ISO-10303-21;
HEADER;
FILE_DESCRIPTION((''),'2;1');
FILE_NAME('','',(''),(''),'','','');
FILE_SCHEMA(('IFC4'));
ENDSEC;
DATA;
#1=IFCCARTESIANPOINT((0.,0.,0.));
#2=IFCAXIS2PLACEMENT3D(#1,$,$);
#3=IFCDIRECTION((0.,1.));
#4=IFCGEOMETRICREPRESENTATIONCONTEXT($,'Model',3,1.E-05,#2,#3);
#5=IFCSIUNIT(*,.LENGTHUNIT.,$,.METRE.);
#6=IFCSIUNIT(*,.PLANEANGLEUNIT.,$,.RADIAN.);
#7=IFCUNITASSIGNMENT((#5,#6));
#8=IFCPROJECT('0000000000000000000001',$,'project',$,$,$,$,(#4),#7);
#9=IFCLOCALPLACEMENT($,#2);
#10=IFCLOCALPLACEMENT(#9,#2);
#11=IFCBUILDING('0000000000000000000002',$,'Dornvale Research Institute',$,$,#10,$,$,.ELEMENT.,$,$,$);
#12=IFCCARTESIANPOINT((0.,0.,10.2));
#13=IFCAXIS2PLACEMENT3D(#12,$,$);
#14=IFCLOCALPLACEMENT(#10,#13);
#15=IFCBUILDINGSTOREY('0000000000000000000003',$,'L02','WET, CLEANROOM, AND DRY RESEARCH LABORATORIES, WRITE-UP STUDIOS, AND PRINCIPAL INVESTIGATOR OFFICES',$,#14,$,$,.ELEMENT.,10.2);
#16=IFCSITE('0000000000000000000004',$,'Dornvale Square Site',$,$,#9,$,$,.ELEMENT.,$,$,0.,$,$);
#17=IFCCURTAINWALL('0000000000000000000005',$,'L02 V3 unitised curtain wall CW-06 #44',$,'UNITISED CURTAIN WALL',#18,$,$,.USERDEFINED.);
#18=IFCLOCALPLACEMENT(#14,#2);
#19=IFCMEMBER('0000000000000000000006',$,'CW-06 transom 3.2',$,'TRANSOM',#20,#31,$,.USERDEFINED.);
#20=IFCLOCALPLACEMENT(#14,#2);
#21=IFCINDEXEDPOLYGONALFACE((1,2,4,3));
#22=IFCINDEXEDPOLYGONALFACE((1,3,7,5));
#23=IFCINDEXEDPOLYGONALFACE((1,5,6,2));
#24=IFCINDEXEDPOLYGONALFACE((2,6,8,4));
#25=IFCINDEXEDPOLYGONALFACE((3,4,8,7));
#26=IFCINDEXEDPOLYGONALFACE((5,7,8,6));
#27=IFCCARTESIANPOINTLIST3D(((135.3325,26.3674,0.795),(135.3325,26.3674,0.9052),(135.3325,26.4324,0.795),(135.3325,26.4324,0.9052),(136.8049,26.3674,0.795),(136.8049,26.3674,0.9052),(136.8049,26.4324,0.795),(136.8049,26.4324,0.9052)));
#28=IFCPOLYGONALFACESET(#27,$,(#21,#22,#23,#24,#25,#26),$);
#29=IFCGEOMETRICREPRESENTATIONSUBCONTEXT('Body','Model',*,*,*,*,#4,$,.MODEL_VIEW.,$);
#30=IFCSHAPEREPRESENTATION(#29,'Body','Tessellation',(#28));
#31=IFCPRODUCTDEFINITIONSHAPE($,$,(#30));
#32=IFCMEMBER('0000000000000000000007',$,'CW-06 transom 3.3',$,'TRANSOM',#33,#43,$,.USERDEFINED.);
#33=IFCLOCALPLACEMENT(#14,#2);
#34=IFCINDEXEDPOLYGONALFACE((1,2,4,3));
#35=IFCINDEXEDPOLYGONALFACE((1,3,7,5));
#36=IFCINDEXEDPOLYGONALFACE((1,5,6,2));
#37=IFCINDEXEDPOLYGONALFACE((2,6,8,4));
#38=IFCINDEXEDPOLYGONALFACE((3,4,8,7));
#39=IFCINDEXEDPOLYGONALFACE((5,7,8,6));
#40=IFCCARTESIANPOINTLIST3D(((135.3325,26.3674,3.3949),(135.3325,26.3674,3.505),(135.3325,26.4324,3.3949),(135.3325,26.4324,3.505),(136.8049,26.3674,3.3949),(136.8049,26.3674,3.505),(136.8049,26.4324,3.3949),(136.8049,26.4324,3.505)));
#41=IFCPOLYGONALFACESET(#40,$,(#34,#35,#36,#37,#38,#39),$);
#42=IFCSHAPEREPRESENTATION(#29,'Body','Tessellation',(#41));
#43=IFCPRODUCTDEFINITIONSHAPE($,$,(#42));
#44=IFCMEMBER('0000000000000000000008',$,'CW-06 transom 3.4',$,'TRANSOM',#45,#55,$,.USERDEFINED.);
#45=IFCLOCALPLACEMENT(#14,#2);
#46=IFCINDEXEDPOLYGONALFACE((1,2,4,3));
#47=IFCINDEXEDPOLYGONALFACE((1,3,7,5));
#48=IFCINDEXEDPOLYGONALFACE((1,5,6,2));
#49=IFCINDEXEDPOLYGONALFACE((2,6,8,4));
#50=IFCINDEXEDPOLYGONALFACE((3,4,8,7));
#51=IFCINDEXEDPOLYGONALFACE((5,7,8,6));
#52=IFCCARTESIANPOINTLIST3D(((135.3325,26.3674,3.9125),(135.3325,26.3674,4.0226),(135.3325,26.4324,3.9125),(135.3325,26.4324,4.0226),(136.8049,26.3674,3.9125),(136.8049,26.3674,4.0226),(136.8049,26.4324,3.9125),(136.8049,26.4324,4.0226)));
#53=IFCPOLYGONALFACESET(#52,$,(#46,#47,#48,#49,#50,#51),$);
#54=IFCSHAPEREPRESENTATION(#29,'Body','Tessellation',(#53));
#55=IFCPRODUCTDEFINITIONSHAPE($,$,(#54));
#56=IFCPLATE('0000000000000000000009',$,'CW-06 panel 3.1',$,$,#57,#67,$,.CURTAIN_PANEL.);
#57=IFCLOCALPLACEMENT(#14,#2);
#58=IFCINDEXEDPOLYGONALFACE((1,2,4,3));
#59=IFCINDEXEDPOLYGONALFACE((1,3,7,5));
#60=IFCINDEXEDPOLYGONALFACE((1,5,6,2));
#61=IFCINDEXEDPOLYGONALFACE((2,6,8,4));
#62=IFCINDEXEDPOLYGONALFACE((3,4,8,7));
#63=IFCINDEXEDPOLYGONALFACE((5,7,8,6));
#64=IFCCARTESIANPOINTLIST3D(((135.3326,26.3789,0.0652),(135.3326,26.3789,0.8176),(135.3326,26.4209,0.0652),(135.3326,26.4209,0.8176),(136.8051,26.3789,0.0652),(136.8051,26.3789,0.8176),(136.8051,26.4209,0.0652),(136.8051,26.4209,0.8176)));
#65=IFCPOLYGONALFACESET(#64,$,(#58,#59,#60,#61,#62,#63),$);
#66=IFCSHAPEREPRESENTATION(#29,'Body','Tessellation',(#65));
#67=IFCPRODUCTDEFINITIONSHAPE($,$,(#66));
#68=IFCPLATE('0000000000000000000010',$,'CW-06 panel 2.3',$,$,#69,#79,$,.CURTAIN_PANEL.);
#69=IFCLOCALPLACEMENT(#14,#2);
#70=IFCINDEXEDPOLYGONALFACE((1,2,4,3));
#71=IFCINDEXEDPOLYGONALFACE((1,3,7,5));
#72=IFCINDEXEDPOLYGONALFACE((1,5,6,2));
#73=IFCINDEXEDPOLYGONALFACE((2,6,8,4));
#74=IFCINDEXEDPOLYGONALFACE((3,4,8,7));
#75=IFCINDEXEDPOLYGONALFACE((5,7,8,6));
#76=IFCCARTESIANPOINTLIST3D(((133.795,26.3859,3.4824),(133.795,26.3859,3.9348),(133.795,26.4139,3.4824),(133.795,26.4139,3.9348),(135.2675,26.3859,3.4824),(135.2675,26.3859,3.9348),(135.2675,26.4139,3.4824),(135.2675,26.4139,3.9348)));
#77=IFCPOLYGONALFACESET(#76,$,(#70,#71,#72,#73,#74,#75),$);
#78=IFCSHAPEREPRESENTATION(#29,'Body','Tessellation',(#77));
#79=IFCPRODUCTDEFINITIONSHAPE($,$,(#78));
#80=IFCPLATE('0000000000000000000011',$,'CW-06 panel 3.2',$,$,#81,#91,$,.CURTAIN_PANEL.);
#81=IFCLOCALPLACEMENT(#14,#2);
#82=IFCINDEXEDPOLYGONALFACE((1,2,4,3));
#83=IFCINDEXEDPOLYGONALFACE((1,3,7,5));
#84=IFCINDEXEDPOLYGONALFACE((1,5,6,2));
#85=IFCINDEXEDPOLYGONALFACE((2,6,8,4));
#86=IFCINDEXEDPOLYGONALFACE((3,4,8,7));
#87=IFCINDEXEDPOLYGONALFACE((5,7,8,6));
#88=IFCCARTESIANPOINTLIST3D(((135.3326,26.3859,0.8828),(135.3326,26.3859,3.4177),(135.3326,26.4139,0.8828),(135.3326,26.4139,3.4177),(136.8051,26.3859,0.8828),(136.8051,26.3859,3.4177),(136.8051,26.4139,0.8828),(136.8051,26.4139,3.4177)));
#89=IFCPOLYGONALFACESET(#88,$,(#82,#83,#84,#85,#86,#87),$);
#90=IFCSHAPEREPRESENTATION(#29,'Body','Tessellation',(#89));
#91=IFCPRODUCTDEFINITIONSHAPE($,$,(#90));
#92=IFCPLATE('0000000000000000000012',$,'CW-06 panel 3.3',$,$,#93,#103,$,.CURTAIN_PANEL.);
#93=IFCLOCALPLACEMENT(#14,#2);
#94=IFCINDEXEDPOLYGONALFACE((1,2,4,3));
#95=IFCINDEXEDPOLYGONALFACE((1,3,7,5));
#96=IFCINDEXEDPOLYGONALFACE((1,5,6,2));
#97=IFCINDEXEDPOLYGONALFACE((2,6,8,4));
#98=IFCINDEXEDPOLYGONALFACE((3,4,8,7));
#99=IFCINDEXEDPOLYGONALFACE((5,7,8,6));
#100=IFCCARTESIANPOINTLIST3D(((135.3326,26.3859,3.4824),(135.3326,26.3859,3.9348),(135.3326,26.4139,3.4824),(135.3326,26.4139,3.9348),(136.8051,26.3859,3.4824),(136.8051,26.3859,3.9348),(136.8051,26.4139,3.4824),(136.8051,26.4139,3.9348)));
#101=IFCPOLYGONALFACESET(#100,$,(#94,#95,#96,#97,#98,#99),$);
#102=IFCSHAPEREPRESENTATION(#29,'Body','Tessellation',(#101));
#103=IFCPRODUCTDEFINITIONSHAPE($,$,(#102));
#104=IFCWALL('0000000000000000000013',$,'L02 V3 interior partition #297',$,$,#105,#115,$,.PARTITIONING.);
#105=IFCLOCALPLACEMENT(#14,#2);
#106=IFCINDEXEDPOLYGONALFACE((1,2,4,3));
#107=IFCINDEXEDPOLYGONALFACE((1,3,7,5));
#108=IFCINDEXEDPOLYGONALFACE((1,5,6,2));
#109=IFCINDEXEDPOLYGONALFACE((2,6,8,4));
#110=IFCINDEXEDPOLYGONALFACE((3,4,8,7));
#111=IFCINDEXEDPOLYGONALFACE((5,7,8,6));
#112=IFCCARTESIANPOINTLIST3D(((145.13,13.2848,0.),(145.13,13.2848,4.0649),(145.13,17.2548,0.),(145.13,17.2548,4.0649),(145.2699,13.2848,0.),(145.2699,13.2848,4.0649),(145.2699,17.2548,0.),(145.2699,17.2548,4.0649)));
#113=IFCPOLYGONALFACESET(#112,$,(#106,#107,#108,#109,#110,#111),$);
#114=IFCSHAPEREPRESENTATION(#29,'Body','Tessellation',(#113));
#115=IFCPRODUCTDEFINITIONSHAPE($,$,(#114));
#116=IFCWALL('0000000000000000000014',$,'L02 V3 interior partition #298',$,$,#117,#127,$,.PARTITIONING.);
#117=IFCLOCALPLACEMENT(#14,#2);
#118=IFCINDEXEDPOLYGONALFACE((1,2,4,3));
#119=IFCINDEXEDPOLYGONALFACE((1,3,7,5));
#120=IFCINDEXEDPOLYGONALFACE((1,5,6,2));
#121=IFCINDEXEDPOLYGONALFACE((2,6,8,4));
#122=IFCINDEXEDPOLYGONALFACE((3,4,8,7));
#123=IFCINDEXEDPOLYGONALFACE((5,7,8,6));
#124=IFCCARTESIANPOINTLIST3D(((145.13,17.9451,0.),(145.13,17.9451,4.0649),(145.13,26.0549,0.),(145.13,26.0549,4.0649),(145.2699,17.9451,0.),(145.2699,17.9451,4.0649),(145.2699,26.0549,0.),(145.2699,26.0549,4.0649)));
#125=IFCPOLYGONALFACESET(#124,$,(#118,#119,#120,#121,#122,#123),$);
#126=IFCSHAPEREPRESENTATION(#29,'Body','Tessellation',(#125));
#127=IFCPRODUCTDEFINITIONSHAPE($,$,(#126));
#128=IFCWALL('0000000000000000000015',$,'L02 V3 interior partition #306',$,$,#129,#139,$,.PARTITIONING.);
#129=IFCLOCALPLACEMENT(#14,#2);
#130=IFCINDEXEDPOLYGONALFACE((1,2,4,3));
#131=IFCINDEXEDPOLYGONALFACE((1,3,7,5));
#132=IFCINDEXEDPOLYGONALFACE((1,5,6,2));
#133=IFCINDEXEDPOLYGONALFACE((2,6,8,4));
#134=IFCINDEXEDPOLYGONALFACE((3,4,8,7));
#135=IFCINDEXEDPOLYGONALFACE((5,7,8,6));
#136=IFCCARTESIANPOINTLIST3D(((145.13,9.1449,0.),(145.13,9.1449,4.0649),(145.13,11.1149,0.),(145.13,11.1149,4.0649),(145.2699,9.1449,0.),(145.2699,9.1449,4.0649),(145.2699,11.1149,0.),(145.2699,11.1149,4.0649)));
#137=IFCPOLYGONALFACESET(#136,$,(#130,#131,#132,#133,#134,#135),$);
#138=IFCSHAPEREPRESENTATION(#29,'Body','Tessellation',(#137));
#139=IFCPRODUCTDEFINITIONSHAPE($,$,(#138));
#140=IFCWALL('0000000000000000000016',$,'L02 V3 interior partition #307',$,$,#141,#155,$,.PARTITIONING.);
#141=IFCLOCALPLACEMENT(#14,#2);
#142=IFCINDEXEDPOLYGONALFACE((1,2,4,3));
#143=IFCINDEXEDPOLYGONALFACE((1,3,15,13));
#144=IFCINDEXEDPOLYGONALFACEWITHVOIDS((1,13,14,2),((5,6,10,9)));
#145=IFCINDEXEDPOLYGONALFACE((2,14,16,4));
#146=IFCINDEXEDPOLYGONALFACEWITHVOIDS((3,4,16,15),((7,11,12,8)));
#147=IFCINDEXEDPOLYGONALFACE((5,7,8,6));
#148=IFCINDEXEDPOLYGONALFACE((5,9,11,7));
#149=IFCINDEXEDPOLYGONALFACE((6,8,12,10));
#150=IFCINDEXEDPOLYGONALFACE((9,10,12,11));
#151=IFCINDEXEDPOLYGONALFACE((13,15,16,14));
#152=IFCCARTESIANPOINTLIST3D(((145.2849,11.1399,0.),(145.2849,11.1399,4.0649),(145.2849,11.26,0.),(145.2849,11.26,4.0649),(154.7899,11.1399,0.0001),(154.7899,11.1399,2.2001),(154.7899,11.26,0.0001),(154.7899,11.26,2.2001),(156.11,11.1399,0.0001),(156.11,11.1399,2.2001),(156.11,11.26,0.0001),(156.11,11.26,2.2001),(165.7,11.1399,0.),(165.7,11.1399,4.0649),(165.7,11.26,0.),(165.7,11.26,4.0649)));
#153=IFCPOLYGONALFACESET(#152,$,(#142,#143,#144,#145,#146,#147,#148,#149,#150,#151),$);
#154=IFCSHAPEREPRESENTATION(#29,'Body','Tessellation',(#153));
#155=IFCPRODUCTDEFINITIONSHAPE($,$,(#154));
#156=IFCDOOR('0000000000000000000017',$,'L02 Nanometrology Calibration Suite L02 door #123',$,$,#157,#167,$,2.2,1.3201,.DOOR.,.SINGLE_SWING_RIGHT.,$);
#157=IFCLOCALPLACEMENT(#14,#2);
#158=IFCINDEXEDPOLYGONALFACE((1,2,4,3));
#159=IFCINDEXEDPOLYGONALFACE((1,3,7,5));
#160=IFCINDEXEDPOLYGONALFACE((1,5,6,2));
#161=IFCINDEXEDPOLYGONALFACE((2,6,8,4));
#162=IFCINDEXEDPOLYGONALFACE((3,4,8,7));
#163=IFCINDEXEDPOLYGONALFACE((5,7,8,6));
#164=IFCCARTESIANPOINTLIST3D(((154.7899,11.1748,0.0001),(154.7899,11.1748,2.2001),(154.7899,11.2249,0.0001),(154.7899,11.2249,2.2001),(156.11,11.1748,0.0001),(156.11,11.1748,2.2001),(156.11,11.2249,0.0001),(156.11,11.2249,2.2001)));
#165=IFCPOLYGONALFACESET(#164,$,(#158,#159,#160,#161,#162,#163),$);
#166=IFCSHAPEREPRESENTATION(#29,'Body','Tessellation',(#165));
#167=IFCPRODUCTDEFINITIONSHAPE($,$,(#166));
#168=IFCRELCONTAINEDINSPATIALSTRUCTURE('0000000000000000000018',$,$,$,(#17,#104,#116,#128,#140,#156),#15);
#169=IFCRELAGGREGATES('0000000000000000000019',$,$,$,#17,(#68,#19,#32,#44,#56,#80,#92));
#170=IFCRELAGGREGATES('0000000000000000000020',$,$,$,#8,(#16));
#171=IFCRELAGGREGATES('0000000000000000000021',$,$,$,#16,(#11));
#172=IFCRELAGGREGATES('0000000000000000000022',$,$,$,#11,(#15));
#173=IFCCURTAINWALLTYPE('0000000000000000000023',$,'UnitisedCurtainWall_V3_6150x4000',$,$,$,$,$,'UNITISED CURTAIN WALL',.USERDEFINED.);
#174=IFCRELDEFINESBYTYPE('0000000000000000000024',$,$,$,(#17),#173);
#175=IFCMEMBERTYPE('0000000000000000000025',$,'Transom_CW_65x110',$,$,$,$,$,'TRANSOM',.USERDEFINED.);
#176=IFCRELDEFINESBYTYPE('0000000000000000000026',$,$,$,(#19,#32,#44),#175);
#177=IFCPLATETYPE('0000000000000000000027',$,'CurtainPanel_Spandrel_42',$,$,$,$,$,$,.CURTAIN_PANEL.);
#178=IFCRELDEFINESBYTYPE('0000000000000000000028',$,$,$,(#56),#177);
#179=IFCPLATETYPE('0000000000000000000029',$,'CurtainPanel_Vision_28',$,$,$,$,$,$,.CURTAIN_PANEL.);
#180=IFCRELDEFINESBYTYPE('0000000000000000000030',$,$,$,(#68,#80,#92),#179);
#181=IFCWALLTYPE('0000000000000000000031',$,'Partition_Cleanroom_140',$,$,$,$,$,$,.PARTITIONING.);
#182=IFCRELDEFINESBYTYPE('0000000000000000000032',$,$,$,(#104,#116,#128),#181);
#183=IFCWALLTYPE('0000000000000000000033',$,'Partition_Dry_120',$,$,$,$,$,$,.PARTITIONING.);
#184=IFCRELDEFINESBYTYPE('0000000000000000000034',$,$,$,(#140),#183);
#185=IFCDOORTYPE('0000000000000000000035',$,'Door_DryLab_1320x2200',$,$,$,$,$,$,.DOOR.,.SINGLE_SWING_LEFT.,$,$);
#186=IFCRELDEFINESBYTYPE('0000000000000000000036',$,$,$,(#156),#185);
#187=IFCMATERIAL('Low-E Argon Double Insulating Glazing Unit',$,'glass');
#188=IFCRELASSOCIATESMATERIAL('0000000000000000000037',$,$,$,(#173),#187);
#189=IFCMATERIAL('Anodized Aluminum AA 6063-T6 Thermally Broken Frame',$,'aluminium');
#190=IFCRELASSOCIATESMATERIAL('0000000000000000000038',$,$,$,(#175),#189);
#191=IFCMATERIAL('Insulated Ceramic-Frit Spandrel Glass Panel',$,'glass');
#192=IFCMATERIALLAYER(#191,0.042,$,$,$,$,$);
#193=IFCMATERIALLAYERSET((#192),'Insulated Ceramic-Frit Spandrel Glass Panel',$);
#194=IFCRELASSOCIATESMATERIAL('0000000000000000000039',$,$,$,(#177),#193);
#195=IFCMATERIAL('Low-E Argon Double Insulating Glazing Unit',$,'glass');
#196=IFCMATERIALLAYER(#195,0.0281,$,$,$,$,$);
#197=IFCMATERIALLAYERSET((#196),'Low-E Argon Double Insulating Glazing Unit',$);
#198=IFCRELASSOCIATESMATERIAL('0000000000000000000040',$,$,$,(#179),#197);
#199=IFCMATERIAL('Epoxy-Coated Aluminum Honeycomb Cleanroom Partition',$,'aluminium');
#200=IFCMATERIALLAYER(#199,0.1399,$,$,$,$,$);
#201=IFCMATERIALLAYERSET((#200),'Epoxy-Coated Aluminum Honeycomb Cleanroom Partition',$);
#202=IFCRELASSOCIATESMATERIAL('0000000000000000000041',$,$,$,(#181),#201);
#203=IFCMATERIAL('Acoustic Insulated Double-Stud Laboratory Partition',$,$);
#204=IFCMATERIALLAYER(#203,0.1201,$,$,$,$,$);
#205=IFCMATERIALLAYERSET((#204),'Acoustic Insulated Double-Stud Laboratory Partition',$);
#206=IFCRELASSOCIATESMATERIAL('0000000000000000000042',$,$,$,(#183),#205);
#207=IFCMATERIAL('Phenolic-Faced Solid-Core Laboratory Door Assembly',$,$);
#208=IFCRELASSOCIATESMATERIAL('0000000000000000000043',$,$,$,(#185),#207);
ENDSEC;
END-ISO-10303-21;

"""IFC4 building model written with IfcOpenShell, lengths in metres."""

from ifc_helpers import new_model, si_unit, direction, frame, frame_2d, origin, origin_2d, place, context, subcontext, project, spatial, rectangle, extrude, material, layer, layer_set, material_profile, profile_set, type_object, element, fill, aggregate, save


model = new_model("IFC4")

# Units and contexts
model_context = context("Model", 3, precision=1e-05, world=origin(), true_north=direction((0.0, 1.0)))
body_context = subcontext(model_context, "Body", "Model", "MODEL_VIEW")
ifc_project = project(units=[si_unit("LENGTHUNIT", "METRE"), si_unit("PLANEANGLEUNIT", "RADIAN")], contexts=[model_context])

# Site, building, storey
site_placement = place(None, origin())
site = spatial("IfcSite", under=ifc_project, at=site_placement, Name="Dornvale Square Site", CompositionType="ELEMENT", RefElevation=0.0)
building_placement = place(site_placement, origin())
building = spatial("IfcBuilding", under=site, at=building_placement, Name="Dornvale Research Institute", CompositionType="ELEMENT")
storey_placement = place(building_placement, frame((0.0, 0.0, 10.2)))
storey = spatial("IfcBuildingStorey", under=building, at=storey_placement, Name="L02", Description="WET, CLEANROOM, AND DRY RESEARCH LABORATORIES, WRITE-UP STUDIOS, AND PRINCIPAL INVESTIGATOR OFFICES", CompositionType="ELEMENT", Elevation=10.2)

# Curtain wall, members, plates
ifc_material_1 = material(Name="Low-E Argon Double Insulating Glazing Unit", Category="glass")
curtain_wall_type = type_object("IfcCurtainWallType", Name="UnitisedCurtainWall_V3_6150x4000", ElementType="UNITISED CURTAIN WALL", PredefinedType="USERDEFINED", material=ifc_material_1)
curtain_wall_placement = place(storey_placement, origin())
curtain_wall = element("IfcCurtainWall", 1, at=curtain_wall_placement, inside=storey, type_object=curtain_wall_type, Name="L02 V3 unitised curtain wall CW-06 #44", ObjectType="UNITISED CURTAIN WALL", PredefinedType="USERDEFINED")
ifc_material_2 = material(Name="Anodized Aluminum AA 6063-T6 Thermally Broken Frame", Category="aluminium")
ifc_material_profile_1 = material_profile(ifc_material_2, rectangle(XDim=0.0649, YDim=0.1101, at=origin_2d()), Name="ALU TRANSOM 65x110")
ifc_profile_set_1 = profile_set([ifc_material_profile_1], Name="Anodized Aluminum AA 6063-T6 Thermally Broken Frame")
member_type_1 = type_object("IfcMemberType", Name="Transom_CW_65x110", ElementType="TRANSOM", PredefinedType="USERDEFINED", material=ifc_profile_set_1)
member_1_placement = place(storey_placement, frame((135.3325, 26.3999, 0.8501), z_axis=(1.0, 0.0, 0.0), x_axis=(0.0, 1.0, 0.0)))
member_1 = element("IfcMember", 2, at=member_1_placement, type_object=member_type_1, Name="CW-06 transom 3.2", ObjectType="TRANSOM", PredefinedType="USERDEFINED", context=body_context, shape_type="SweptSolid", body=[
    extrude(rectangle(XDim=0.0649, YDim=0.1101, at=origin_2d()), origin(), (0.0, 0.0, 1.0), 1.4724),
])
member_2_placement = place(storey_placement, frame((135.3325, 26.3999, 3.45), z_axis=(1.0, 0.0, 0.0), x_axis=(0.0, 1.0, 0.0)))
member_2 = element("IfcMember", 3, at=member_2_placement, type_object=member_type_1, Name="CW-06 transom 3.3", ObjectType="TRANSOM", PredefinedType="USERDEFINED", context=body_context, shape_type="SweptSolid", body=[
    extrude(rectangle(XDim=0.0649, YDim=0.1101, at=origin_2d()), origin(), (0.0, 0.0, 1.0), 1.4724),
])
member_3_placement = place(storey_placement, frame((135.3325, 26.3999, 3.9675), z_axis=(1.0, 0.0, 0.0), x_axis=(0.0, 1.0, 0.0)))
member_3 = element("IfcMember", 4, at=member_3_placement, type_object=member_type_1, Name="CW-06 transom 3.4", ObjectType="TRANSOM", PredefinedType="USERDEFINED", context=body_context, shape_type="SweptSolid", body=[
    extrude(rectangle(XDim=0.0649, YDim=0.1101, at=origin_2d()), origin(), (0.0, 0.0, 1.0), 1.4724),
])
ifc_material_3 = material(Name="Insulated Ceramic-Frit Spandrel Glass Panel", Category="glass")
ifc_layer_1 = layer(ifc_material_3, 0.042)
ifc_layer_set_1 = layer_set([ifc_layer_1], Name="Insulated Ceramic-Frit Spandrel Glass Panel")
plate_type_1 = type_object("IfcPlateType", Name="CurtainPanel_Spandrel_42", PredefinedType="CURTAIN_PANEL", material=ifc_layer_set_1)
plate_1_placement = place(storey_placement, frame((136.0688, 26.3999, 0.0652), z_axis=(0.0, 0.0, 1.0), x_axis=(1.0, 0.0, 0.0)))
plate_1 = element("IfcPlate", 5, at=plate_1_placement, type_object=plate_type_1, Name="CW-06 panel 3.1", PredefinedType="CURTAIN_PANEL", context=body_context, shape_type="SweptSolid", body=[
    extrude(rectangle(XDim=1.4724, YDim=0.042, at=origin_2d()), origin(), (0.0, 0.0, 1.0), 0.7524),
])
ifc_material_4 = material(Name="Low-E Argon Double Insulating Glazing Unit", Category="glass")
ifc_layer_2 = layer(ifc_material_4, 0.0281)
ifc_layer_set_2 = layer_set([ifc_layer_2], Name="Low-E Argon Double Insulating Glazing Unit")
plate_type_2 = type_object("IfcPlateType", Name="CurtainPanel_Vision_28", PredefinedType="CURTAIN_PANEL", material=ifc_layer_set_2)
plate_2_placement = place(storey_placement, frame((134.5312, 26.3999, 3.4824), z_axis=(0.0, 0.0, 1.0), x_axis=(1.0, 0.0, 0.0)))
plate_2 = element("IfcPlate", 6, at=plate_2_placement, type_object=plate_type_2, Name="CW-06 panel 2.3", PredefinedType="CURTAIN_PANEL", context=body_context, shape_type="SweptSolid", body=[
    extrude(rectangle(XDim=1.4724, YDim=0.0281, at=origin_2d()), origin(), (0.0, 0.0, 1.0), 0.4524),
])
plate_3_placement = place(storey_placement, frame((136.0688, 26.3999, 0.8828), z_axis=(0.0, 0.0, 1.0), x_axis=(1.0, 0.0, 0.0)))
plate_3 = element("IfcPlate", 7, at=plate_3_placement, type_object=plate_type_2, Name="CW-06 panel 3.2", PredefinedType="CURTAIN_PANEL", context=body_context, shape_type="SweptSolid", body=[
    extrude(rectangle(XDim=1.4724, YDim=0.0281, at=origin_2d()), origin(), (0.0, 0.0, 1.0), 2.5349),
])
plate_4_placement = place(storey_placement, frame((136.0688, 26.3999, 3.4824), z_axis=(0.0, 0.0, 1.0), x_axis=(1.0, 0.0, 0.0)))
plate_4 = element("IfcPlate", 8, at=plate_4_placement, type_object=plate_type_2, Name="CW-06 panel 3.3", PredefinedType="CURTAIN_PANEL", context=body_context, shape_type="SweptSolid", body=[
    extrude(rectangle(XDim=1.4724, YDim=0.0281, at=origin_2d()), origin(), (0.0, 0.0, 1.0), 0.4524),
])
aggregate(curtain_wall, [plate_2, member_1, member_2, member_3, plate_1, plate_3, plate_4])

# Walls
ifc_material_5 = material(Name="Epoxy-Coated Aluminum Honeycomb Cleanroom Partition", Category="aluminium")
ifc_layer_3 = layer(ifc_material_5, 0.1399)
ifc_layer_set_3 = layer_set([ifc_layer_3], Name="Epoxy-Coated Aluminum Honeycomb Cleanroom Partition")
wall_type_1 = type_object("IfcWallType", Name="Partition_Cleanroom_140", PredefinedType="PARTITIONING", material=ifc_layer_set_3)
wall_1_placement = place(storey_placement, frame((145.2, 13.2849, 0.0), z_axis=(0.0, 0.0, 1.0), x_axis=(0.0, 1.0, 0.0)))
element("IfcWall", 9, at=wall_1_placement, inside=storey, type_object=wall_type_1, Name="L02 V3 interior partition #297", PredefinedType="PARTITIONING", context=body_context, shape_type="SweptSolid", body=[
    extrude(rectangle(XDim=3.97, YDim=0.1399, at=frame_2d((1.9849, 0.0))), origin(), (0.0, 0.0, 1.0), 4.0649),
])
wall_2_placement = place(storey_placement, frame((145.2, 17.9451, 0.0), z_axis=(0.0, 0.0, 1.0), x_axis=(0.0, 1.0, 0.0)))
element("IfcWall", 10, at=wall_2_placement, inside=storey, type_object=wall_type_1, Name="L02 V3 interior partition #298", PredefinedType="PARTITIONING", context=body_context, shape_type="SweptSolid", body=[
    extrude(rectangle(XDim=8.1099, YDim=0.1399, at=frame_2d((4.0549, 0.0))), origin(), (0.0, 0.0, 1.0), 4.0649),
])
wall_3_placement = place(storey_placement, frame((145.2, 9.145, 0.0), z_axis=(0.0, 0.0, 1.0), x_axis=(0.0, 1.0, 0.0)))
element("IfcWall", 11, at=wall_3_placement, inside=storey, type_object=wall_type_1, Name="L02 V3 interior partition #306", PredefinedType="PARTITIONING", context=body_context, shape_type="SweptSolid", body=[
    extrude(rectangle(XDim=1.97, YDim=0.1399, at=frame_2d((0.9849, 0.0))), origin(), (0.0, 0.0, 1.0), 4.0649),
])

# Wall, opening, door
ifc_material_6 = material(Name="Acoustic Insulated Double-Stud Laboratory Partition")
ifc_layer_4 = layer(ifc_material_6, 0.1201)
ifc_layer_set_4 = layer_set([ifc_layer_4], Name="Acoustic Insulated Double-Stud Laboratory Partition")
wall_type_2 = type_object("IfcWallType", Name="Partition_Dry_120", PredefinedType="PARTITIONING", material=ifc_layer_set_4)
wall_4_placement = place(storey_placement, frame((145.2849, 11.2, 0.0), z_axis=(0.0, 0.0, 1.0), x_axis=(1.0, 0.0, 0.0)))
wall_4 = element("IfcWall", 12, at=wall_4_placement, inside=storey, type_object=wall_type_2, Name="L02 V3 interior partition #307", PredefinedType="PARTITIONING", context=body_context, shape_type="SweptSolid", body=[
    extrude(rectangle(XDim=20.415, YDim=0.1201, at=frame_2d((10.2075, 0.0))), origin(), (0.0, 0.0, 1.0), 4.0649),
])
opening_1_placement = place(wall_4_placement, frame((9.5049, 0.0, 0.0)))
opening_1 = element("IfcOpeningElement", 13, at=opening_1_placement, cuts=wall_4, PredefinedType="OPENING", context=body_context, shape_type="SweptSolid", body=[
    extrude(rectangle(XDim=1.3201, YDim=2.2, at=frame_2d((0.6602, 1.1001))), frame((0.0, 0.075, 0.0), z_axis=(0.0, -1.0, 0.0), x_axis=(1.0, 0.0, 0.0)), (0.0, 0.0, 1.0), 0.1501),
])
ifc_material_7 = material(Name="Phenolic-Faced Solid-Core Laboratory Door Assembly")
door_type_1 = type_object("IfcDoorType", Name="Door_DryLab_1320x2200", OperationType="SINGLE_SWING_LEFT", PredefinedType="DOOR", material=ifc_material_7)
door_1_placement = place(opening_1_placement, origin())
door_1 = element("IfcDoor", 14, at=door_1_placement, inside=storey, type_object=door_type_1, Name="L02 Nanometrology Calibration Suite L02 door #123", OperationType="SINGLE_SWING_RIGHT", OverallHeight=2.2, OverallWidth=1.3201, PredefinedType="DOOR", context=body_context, shape_type="SweptSolid", body=[
    extrude(rectangle(XDim=1.3201, YDim=2.2, at=frame_2d((0.6602, 1.1001))), frame((0.0, 0.0249, 0.0), z_axis=(0.0, -1.0, 0.0), x_axis=(1.0, 0.0, 0.0)), (0.0, 0.0, 1.0), 0.05),
])
fill(opening_1, door_1)

save(model, "model.ifc")
